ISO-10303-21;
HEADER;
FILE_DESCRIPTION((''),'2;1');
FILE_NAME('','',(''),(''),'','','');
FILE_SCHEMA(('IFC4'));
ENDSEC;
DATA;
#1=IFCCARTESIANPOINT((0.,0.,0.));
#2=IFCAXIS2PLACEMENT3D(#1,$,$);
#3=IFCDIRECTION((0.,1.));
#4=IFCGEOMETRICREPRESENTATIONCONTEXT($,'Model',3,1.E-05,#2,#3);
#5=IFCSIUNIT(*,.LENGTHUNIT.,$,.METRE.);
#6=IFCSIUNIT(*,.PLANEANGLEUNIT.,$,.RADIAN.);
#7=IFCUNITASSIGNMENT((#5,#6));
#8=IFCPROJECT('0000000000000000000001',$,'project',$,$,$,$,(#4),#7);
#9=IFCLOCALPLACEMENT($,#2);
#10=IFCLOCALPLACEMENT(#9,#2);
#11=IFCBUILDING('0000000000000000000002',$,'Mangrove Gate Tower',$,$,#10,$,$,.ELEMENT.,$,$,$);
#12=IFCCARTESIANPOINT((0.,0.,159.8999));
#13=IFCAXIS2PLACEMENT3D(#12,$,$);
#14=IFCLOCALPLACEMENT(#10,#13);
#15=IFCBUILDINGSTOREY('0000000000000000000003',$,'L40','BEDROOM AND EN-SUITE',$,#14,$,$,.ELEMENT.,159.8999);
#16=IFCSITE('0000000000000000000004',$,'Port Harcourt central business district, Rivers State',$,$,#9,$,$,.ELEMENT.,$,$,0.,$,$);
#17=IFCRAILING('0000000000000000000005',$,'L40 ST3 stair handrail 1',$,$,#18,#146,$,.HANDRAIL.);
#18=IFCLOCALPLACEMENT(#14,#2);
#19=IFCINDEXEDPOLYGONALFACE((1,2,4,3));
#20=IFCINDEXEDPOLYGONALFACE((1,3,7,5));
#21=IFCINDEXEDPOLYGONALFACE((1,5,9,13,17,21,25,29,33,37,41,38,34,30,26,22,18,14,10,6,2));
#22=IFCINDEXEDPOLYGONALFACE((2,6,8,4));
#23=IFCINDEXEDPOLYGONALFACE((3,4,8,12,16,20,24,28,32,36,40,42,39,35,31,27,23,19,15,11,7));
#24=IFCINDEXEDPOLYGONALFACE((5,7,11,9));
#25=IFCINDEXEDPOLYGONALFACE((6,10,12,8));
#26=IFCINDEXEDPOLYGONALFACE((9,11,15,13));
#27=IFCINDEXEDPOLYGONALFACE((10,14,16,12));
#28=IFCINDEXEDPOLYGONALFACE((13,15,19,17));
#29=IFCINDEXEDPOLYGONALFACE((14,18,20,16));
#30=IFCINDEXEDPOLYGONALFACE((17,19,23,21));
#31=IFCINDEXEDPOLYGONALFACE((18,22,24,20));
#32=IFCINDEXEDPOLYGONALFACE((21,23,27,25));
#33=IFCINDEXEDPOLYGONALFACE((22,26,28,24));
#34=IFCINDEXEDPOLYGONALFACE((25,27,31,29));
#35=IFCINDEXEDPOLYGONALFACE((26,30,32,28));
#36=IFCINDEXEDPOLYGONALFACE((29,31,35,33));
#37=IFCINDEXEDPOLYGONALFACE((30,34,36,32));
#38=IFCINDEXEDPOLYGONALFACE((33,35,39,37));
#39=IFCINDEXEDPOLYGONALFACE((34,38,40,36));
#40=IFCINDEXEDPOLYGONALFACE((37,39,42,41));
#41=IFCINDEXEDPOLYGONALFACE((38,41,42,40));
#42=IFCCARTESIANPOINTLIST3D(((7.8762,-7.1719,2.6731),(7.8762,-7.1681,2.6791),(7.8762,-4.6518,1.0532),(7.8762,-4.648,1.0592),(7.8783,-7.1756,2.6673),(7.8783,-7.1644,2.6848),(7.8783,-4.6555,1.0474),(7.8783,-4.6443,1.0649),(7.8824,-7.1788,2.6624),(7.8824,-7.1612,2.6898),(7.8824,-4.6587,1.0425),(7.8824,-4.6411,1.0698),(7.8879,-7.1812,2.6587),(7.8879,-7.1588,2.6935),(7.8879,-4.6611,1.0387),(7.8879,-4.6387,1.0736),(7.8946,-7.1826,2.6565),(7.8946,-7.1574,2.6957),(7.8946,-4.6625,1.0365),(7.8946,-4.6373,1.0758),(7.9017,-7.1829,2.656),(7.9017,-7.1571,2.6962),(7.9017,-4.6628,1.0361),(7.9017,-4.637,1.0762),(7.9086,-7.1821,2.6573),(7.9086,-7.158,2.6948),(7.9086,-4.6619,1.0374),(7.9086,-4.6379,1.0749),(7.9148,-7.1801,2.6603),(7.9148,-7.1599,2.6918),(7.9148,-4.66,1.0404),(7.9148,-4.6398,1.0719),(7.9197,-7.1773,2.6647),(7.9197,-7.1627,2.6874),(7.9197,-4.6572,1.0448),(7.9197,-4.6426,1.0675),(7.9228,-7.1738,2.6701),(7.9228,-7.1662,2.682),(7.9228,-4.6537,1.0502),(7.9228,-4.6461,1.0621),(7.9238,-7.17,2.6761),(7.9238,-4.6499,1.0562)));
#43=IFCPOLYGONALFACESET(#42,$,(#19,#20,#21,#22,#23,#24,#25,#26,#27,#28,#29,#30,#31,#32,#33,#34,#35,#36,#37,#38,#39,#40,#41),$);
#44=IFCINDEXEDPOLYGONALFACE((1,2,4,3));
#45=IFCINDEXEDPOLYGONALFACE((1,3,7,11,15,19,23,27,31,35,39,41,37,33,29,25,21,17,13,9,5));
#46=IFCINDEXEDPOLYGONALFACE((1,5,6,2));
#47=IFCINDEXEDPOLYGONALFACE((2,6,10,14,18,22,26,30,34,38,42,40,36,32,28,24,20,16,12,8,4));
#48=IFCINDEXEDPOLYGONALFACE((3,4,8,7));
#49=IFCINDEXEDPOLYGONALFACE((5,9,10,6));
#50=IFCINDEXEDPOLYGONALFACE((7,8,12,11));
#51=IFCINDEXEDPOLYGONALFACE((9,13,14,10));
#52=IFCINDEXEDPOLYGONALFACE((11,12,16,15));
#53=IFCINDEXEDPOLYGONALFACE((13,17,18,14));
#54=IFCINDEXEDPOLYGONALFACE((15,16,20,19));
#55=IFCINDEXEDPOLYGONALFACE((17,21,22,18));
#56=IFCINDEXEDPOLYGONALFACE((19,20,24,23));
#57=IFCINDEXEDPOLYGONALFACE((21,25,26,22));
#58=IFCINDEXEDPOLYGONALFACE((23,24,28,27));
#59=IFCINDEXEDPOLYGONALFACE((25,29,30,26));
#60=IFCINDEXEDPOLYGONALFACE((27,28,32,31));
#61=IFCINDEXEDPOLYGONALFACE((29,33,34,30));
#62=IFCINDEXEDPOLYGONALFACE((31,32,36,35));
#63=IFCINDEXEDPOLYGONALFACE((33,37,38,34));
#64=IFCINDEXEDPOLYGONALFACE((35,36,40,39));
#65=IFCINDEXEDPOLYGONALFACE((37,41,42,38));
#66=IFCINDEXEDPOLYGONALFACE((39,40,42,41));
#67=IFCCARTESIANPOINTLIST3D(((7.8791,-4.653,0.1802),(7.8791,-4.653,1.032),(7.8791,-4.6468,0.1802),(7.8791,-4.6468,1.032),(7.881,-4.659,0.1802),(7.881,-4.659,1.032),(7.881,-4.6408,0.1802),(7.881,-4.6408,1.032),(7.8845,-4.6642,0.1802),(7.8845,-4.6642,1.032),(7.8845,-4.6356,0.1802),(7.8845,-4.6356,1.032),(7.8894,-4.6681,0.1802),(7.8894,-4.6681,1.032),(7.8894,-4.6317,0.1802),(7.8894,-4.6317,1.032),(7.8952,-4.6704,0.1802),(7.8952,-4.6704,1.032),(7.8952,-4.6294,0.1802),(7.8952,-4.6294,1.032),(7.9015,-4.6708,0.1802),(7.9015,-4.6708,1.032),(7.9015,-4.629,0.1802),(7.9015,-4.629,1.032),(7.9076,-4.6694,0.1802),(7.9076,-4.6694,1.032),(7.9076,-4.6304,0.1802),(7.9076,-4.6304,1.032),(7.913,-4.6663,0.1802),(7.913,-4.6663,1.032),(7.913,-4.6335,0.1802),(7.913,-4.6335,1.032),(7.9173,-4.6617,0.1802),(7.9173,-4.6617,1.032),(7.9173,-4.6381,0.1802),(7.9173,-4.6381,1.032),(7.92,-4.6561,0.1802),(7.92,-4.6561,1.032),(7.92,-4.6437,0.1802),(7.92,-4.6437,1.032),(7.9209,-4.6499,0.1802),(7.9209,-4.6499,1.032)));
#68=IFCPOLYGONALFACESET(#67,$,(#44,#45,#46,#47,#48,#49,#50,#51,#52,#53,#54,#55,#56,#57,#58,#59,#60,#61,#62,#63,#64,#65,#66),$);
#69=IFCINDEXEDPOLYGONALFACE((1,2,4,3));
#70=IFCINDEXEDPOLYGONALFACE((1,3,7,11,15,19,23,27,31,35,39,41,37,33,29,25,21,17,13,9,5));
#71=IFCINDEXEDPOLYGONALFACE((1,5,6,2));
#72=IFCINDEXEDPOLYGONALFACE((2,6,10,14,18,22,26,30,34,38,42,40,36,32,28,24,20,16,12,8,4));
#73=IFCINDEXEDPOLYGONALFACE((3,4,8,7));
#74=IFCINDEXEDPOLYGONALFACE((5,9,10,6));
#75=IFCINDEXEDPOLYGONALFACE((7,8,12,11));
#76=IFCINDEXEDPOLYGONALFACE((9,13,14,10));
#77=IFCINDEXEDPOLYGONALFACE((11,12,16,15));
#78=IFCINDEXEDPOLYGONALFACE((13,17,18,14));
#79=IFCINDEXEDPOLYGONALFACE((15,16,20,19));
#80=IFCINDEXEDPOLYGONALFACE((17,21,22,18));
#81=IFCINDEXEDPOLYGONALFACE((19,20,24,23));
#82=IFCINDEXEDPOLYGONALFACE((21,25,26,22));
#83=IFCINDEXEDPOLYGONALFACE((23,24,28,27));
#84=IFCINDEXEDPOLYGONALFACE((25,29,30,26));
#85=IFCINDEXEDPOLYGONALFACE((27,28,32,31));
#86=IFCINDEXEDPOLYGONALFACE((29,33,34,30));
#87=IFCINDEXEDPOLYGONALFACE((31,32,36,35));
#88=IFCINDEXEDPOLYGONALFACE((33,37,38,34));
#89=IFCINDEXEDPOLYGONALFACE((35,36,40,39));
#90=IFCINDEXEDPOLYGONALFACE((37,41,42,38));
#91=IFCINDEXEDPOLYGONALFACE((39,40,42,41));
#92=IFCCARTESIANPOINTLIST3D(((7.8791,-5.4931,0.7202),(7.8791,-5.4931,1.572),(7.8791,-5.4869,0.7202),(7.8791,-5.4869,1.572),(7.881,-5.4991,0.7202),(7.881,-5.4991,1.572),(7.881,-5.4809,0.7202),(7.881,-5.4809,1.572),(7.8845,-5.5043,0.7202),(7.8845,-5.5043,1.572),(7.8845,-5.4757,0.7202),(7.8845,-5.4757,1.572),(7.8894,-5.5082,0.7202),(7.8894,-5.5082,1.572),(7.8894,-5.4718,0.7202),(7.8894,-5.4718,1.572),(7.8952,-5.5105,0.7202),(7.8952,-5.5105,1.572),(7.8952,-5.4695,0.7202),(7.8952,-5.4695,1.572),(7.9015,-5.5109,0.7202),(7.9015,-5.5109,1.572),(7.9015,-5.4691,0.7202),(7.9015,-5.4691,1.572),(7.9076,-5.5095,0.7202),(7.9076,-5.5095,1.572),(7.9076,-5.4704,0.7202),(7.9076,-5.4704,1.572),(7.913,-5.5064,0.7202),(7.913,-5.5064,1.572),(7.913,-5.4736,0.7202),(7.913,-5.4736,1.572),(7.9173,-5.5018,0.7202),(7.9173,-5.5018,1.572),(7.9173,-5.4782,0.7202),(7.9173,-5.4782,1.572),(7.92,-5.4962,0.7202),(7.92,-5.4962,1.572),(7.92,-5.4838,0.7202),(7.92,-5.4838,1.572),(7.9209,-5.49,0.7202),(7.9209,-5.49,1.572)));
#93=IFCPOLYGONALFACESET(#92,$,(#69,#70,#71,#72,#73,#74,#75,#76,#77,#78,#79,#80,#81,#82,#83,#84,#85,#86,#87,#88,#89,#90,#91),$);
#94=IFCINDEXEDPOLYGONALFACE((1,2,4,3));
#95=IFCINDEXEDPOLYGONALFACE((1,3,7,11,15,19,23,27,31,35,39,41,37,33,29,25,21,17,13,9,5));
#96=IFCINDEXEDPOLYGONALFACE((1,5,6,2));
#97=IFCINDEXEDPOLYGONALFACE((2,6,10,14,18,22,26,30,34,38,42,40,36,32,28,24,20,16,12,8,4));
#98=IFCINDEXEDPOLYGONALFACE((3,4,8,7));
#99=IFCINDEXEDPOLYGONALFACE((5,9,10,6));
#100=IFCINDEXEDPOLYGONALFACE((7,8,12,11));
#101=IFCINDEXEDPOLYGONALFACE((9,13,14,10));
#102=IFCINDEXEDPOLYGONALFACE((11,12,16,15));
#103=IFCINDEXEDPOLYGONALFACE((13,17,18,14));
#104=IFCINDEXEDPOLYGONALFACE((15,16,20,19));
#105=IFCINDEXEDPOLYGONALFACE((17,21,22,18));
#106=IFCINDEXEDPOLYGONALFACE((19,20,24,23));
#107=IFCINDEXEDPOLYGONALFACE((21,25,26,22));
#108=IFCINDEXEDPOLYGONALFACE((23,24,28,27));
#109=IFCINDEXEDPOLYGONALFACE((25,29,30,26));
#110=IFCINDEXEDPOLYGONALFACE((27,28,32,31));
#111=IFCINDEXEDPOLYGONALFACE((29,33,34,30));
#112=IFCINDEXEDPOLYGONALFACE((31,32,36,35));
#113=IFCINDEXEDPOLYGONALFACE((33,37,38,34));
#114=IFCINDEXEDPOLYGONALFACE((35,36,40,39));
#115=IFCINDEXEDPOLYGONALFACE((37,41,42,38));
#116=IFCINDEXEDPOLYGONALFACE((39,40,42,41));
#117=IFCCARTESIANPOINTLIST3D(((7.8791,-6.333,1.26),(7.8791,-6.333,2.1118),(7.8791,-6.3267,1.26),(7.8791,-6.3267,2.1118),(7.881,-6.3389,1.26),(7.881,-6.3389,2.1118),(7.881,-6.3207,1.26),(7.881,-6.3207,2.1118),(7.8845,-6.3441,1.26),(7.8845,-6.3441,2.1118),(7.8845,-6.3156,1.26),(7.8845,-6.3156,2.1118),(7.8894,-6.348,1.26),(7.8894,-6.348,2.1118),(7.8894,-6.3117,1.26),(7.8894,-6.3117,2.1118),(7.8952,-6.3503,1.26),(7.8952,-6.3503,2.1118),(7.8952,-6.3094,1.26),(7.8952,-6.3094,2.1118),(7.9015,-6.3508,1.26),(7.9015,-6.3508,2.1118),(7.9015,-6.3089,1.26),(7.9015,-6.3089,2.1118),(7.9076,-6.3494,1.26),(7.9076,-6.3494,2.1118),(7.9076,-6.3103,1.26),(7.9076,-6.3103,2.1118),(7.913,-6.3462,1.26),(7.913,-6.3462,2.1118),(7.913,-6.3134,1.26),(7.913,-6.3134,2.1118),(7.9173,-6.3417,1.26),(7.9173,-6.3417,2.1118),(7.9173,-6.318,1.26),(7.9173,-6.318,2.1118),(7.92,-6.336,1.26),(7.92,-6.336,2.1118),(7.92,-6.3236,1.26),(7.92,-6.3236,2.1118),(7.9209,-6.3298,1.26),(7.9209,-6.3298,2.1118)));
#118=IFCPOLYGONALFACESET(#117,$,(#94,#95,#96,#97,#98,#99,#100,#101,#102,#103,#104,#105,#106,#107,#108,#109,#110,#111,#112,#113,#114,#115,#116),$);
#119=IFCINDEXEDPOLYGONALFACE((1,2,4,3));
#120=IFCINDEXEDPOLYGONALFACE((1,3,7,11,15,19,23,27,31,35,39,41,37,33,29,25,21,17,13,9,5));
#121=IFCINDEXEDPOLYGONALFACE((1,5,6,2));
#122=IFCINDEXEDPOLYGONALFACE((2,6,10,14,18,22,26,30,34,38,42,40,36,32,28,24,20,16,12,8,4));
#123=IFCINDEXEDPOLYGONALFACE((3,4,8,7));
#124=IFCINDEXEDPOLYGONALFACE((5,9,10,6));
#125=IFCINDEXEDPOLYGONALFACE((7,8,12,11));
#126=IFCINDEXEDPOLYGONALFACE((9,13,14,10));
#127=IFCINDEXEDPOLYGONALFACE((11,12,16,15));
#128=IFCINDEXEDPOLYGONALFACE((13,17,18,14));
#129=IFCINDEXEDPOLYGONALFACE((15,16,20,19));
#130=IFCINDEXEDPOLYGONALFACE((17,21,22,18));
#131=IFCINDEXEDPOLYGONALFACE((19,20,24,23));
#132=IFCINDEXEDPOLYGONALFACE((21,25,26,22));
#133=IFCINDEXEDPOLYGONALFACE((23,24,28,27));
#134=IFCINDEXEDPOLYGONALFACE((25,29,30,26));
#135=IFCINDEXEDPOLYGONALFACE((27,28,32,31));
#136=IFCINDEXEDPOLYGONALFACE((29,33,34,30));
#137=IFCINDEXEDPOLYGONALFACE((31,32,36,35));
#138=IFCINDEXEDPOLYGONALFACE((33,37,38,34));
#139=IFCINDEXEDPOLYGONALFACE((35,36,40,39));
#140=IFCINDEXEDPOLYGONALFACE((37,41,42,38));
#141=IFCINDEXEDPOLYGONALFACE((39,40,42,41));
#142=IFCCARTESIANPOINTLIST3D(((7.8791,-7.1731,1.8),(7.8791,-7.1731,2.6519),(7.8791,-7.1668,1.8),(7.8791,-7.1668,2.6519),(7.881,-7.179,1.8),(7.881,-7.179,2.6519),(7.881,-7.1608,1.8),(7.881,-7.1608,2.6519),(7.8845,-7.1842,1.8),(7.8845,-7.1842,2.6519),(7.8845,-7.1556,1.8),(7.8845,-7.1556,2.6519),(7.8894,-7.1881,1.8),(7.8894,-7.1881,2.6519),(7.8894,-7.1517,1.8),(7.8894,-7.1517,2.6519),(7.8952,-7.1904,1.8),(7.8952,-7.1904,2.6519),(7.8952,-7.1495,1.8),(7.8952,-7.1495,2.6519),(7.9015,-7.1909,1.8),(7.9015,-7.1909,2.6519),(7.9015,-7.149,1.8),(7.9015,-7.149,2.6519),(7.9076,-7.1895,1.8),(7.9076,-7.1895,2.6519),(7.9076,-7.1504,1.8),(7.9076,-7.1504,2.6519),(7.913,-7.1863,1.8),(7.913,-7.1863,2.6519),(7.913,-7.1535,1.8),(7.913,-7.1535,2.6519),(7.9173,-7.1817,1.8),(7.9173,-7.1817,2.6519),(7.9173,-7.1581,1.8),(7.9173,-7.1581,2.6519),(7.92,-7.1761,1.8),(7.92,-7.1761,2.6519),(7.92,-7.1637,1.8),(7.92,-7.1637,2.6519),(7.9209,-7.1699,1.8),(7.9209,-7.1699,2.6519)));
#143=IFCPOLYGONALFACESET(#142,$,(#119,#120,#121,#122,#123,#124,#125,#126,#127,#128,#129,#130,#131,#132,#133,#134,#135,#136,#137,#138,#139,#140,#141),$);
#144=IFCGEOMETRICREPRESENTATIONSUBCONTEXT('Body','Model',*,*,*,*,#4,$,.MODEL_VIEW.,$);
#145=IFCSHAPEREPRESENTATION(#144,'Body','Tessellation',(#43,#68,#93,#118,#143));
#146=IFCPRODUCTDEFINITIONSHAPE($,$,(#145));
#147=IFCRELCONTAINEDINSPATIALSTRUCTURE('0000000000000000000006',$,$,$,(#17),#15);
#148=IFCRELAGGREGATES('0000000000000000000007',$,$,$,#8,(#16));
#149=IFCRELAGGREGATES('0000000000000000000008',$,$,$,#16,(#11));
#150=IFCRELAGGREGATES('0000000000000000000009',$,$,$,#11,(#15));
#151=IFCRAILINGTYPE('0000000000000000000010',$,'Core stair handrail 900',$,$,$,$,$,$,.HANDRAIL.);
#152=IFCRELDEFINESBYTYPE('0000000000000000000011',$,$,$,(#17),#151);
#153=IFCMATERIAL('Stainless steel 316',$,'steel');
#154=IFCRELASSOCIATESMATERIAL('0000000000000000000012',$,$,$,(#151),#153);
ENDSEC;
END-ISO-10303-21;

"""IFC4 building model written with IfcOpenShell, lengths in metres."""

from ifc_helpers import new_model, si_unit, direction, frame, origin, origin_2d, place, context, subcontext, project, spatial, circle, extrude, material, type_object, element, save


model = new_model("IFC4")

# Units and contexts
model_context = context("Model", 3, precision=1e-05, world=origin(), true_north=direction((0.0, 1.0)))
body_context = subcontext(model_context, "Body", "Model", "MODEL_VIEW")
ifc_project = project(units=[si_unit("LENGTHUNIT", "METRE"), si_unit("PLANEANGLEUNIT", "RADIAN")], contexts=[model_context])

# Site, building, storey
site_placement = place(None, origin())
site = spatial("IfcSite", under=ifc_project, at=site_placement, Name="Port Harcourt central business district, Rivers State", CompositionType="ELEMENT", RefElevation=0.0)
building_placement = place(site_placement, origin())
building = spatial("IfcBuilding", under=site, at=building_placement, Name="Mangrove Gate Tower", CompositionType="ELEMENT")
storey_placement = place(building_placement, frame((0.0, 0.0, 159.8999)))
storey = spatial("IfcBuildingStorey", under=building, at=storey_placement, Name="L40", Description="BEDROOM AND EN-SUITE", CompositionType="ELEMENT", Elevation=159.8999)

# Railing
ifc_material_1 = material(Name="Stainless steel 316", Category="steel")
railing_type_1 = type_object("IfcRailingType", Name="Core stair handrail 900", PredefinedType="HANDRAIL", material=ifc_material_1)
railing_1_placement = place(storey_placement, frame((7.8999, -4.6499, 0.1802)))
element("IfcRailing", 1, at=railing_1_placement, inside=storey, type_object=railing_type_1, Name="L40 ST3 stair handrail 1", PredefinedType="HANDRAIL", context=body_context, shape_type="SweptSolid", body=[
    extrude(circle(Radius=0.0239, at=origin_2d()), frame((0.0, 0.0, 0.876), z_axis=(0.0, -0.8412, 0.540725), x_axis=(1.0, 0.0, 0.0)), (0.0, 0.0, 1.0), 2.9958),
    extrude(circle(Radius=0.021, at=origin_2d()), origin(), (0.0, 0.0, 1.0), 0.8518),
    extrude(circle(Radius=0.021, at=origin_2d()), frame((0.0, -0.8401, 0.54)), (0.0, 0.0, 1.0), 0.8518),
    extrude(circle(Radius=0.021, at=origin_2d()), frame((0.0, -1.6799, 1.0798)), (0.0, 0.0, 1.0), 0.8518),
    extrude(circle(Radius=0.021, at=origin_2d()), frame((0.0, -2.52, 1.6199)), (0.0, 0.0, 1.0), 0.8518),
])

save(model, "model.ifc")
